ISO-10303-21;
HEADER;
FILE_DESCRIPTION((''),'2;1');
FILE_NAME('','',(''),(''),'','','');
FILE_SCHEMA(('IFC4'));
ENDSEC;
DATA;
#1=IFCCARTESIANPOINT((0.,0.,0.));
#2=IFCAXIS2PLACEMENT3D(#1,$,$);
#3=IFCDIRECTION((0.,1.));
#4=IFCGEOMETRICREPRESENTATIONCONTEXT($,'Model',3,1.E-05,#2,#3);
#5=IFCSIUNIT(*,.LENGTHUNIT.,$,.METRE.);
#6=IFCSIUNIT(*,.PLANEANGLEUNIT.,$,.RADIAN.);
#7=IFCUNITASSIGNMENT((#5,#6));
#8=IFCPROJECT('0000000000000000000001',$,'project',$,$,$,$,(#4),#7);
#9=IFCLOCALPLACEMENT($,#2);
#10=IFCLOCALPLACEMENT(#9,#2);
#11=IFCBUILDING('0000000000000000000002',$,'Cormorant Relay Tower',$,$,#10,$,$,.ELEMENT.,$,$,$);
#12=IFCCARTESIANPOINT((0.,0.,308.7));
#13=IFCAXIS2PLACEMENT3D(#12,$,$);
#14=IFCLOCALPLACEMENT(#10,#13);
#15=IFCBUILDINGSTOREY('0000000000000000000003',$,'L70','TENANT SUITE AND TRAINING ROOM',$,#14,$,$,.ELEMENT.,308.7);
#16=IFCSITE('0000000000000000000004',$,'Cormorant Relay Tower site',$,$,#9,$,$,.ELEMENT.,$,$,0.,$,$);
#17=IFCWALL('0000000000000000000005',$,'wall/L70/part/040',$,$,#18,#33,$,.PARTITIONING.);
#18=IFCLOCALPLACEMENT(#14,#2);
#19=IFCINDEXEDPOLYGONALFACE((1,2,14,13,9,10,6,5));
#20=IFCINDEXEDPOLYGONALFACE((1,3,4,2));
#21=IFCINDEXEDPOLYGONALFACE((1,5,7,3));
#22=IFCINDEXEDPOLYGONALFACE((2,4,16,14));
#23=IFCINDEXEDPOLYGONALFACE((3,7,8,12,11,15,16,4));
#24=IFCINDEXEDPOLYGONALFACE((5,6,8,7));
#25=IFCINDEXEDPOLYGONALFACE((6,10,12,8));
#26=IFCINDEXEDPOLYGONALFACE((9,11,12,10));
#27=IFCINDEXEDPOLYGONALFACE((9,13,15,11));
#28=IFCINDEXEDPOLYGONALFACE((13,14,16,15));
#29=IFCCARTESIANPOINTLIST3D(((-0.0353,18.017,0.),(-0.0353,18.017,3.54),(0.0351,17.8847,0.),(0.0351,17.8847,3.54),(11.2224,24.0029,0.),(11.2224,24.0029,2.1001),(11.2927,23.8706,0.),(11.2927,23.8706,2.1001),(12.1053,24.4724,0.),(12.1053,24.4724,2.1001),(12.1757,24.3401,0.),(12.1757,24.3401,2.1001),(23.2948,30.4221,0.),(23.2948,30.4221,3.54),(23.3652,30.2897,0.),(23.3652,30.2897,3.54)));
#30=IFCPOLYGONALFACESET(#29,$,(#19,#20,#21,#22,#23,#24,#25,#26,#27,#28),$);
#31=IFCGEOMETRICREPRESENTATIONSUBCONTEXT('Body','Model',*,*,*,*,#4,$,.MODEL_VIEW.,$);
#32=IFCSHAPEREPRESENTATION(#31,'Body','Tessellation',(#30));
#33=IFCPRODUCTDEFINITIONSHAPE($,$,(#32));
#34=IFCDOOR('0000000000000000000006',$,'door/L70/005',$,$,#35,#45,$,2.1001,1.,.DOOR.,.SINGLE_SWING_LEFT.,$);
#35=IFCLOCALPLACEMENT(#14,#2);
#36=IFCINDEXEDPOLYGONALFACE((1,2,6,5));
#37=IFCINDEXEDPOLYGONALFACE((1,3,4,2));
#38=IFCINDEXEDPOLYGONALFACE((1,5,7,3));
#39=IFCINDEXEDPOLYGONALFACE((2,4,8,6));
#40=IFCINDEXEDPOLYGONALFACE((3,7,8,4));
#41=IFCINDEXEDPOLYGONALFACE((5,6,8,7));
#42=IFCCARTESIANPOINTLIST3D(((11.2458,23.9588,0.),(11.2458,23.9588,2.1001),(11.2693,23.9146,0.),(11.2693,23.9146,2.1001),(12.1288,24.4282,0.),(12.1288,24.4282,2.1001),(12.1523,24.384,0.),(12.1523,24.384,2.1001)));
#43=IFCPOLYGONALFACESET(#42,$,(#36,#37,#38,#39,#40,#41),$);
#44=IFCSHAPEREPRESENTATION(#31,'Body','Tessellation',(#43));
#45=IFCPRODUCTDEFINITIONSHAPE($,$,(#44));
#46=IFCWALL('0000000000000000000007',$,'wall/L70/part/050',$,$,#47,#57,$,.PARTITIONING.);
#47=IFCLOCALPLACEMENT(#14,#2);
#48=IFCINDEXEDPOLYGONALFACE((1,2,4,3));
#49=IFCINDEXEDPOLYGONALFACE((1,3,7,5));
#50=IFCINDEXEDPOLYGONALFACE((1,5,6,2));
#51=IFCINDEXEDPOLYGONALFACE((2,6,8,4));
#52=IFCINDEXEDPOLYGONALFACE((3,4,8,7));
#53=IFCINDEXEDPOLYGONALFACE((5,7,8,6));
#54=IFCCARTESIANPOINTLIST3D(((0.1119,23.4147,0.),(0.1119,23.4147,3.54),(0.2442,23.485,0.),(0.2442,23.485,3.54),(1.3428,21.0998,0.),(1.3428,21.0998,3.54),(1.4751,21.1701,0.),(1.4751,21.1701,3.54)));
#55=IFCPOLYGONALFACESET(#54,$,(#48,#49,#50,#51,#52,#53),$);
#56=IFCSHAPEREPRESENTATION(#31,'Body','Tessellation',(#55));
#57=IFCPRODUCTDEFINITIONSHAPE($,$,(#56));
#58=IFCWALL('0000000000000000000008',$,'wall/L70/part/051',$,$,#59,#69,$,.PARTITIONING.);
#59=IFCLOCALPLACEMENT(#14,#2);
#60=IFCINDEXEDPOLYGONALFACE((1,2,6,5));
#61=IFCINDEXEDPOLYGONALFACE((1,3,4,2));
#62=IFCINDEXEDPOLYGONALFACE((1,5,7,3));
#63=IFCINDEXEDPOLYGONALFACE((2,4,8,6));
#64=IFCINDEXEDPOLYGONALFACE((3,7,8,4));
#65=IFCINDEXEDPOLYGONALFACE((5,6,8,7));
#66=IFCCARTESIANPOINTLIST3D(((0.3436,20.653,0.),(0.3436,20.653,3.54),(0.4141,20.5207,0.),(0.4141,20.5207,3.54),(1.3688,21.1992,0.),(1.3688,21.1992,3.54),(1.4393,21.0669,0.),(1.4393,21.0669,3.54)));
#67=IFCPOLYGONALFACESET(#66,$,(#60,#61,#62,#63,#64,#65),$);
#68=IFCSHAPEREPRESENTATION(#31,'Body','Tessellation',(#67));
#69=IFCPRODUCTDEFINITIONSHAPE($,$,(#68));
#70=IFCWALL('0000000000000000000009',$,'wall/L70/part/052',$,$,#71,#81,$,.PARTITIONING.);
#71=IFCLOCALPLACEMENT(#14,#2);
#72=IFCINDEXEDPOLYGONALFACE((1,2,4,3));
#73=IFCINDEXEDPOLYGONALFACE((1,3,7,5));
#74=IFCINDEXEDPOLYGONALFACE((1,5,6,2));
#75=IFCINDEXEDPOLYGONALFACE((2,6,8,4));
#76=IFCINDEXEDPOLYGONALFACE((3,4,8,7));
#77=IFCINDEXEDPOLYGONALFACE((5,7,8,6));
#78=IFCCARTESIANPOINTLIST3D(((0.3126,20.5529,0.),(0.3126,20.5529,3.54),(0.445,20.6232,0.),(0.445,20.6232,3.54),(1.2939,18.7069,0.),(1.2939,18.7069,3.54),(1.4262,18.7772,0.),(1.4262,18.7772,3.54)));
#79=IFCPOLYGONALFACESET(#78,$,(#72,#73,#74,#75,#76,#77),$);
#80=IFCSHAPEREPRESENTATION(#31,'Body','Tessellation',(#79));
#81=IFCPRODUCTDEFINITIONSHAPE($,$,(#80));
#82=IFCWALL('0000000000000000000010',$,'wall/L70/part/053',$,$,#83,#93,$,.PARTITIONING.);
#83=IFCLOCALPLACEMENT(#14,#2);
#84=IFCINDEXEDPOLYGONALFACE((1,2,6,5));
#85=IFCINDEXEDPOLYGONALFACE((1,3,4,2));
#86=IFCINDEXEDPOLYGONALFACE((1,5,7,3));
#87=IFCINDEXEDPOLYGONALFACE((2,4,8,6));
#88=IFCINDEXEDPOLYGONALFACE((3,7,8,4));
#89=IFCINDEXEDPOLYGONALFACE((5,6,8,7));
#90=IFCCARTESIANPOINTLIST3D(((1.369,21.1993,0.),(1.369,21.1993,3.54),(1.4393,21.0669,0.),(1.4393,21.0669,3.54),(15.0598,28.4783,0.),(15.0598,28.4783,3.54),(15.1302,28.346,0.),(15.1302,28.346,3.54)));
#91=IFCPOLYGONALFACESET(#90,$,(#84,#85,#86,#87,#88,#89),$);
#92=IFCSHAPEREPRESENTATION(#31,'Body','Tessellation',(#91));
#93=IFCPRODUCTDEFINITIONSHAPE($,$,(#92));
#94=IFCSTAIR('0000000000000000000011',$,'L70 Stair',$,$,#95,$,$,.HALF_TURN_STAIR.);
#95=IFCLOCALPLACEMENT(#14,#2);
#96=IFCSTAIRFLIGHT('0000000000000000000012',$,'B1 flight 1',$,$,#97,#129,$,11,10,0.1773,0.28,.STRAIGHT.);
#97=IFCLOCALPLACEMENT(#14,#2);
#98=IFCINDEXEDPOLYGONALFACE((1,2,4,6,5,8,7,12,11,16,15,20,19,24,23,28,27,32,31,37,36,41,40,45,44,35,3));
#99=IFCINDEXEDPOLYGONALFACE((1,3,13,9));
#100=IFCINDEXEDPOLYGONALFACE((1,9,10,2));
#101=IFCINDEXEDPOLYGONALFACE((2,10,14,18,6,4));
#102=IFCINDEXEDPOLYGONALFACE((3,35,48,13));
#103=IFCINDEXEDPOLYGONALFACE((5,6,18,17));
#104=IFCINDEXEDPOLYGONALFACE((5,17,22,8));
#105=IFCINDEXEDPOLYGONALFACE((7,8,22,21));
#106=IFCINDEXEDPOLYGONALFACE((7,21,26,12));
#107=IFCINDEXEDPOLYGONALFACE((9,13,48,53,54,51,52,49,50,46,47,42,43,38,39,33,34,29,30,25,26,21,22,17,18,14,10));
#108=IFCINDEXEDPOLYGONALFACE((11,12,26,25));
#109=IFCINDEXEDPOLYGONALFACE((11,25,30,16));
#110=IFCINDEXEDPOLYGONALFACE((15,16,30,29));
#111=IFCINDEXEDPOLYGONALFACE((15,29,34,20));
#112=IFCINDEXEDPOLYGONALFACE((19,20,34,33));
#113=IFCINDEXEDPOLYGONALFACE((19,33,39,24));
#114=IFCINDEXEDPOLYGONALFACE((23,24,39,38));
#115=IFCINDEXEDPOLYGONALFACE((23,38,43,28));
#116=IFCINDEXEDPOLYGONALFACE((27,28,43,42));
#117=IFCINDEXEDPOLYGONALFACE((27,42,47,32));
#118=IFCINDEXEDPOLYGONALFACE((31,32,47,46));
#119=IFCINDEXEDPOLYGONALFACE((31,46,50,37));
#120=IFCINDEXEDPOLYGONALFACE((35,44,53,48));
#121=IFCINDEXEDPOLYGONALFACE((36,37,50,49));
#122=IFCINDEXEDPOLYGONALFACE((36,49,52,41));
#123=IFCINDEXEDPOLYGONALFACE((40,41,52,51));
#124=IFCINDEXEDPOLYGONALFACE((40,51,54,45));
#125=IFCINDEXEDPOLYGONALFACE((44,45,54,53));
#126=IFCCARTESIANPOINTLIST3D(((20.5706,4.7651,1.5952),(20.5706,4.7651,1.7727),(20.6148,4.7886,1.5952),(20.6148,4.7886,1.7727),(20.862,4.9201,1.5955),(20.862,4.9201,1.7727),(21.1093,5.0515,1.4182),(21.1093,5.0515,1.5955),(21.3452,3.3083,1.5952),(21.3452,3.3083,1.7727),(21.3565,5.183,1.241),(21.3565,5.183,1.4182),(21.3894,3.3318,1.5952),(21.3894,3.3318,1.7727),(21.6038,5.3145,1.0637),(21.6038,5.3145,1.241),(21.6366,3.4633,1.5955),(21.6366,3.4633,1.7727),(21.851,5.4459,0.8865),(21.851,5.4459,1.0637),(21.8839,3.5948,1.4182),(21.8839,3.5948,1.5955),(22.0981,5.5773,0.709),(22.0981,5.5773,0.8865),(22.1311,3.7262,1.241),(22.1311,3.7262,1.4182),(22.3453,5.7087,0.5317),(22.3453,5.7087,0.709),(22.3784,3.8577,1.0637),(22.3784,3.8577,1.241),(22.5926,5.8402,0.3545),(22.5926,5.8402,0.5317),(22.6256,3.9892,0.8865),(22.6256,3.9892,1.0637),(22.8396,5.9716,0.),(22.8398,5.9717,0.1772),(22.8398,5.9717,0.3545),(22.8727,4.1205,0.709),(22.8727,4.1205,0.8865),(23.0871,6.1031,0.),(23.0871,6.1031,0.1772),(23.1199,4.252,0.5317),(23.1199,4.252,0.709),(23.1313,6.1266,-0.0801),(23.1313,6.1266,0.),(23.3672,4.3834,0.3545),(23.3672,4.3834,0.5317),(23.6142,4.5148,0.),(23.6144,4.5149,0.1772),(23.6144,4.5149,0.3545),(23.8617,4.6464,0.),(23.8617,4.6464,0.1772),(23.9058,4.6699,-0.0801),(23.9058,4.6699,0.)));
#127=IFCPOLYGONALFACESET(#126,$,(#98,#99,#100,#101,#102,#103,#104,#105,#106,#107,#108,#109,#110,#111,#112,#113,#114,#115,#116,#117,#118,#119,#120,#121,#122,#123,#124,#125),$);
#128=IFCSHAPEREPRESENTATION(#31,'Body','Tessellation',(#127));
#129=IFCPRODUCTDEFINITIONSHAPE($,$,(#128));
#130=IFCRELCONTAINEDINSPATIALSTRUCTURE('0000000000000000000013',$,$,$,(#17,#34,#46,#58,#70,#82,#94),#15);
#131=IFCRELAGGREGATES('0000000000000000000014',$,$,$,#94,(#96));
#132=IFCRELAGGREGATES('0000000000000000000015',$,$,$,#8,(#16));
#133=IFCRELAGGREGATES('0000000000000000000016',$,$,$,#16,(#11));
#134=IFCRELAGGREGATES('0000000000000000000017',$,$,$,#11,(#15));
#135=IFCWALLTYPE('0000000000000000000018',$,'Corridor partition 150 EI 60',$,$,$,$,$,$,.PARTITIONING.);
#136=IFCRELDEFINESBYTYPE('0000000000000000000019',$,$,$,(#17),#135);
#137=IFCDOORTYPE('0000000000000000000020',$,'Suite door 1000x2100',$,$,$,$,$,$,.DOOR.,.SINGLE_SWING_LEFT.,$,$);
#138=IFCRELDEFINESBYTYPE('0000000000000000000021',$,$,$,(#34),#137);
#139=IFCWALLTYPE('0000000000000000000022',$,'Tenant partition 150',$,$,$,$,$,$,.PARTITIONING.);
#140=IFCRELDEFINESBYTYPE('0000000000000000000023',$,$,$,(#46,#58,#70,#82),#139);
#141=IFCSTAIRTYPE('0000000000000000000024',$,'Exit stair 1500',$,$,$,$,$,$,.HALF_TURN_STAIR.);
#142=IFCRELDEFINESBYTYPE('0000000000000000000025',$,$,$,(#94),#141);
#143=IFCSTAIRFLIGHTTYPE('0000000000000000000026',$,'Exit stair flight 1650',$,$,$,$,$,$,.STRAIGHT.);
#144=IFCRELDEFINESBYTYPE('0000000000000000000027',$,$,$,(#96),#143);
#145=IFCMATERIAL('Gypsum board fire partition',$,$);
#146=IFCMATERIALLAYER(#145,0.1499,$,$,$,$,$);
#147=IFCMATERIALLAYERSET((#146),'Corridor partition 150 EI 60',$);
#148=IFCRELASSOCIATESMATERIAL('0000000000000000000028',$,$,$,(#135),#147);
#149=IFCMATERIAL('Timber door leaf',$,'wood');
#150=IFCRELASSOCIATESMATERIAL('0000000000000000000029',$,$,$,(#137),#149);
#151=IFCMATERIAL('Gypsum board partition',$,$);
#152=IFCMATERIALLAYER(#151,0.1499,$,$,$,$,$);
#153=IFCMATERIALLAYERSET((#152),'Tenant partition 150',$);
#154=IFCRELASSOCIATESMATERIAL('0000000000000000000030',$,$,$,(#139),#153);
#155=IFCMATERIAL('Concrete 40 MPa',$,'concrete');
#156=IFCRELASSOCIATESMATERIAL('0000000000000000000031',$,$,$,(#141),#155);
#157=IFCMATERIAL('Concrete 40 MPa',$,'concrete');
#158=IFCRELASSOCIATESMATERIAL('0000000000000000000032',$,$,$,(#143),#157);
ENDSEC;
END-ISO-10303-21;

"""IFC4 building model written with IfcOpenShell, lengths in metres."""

from ifc_helpers import new_model, si_unit, direction, frame, frame_2d, origin, place, context, subcontext, project, spatial, polyline, rectangle, outline, extrude, material, layer, layer_set, type_object, element, fill, aggregate, save


model = new_model("IFC4")

# Units and contexts
model_context = context("Model", 3, precision=1e-05, world=origin(), true_north=direction((0.0, 1.0)))
body_context = subcontext(model_context, "Body", "Model", "MODEL_VIEW")
ifc_project = project(units=[si_unit("LENGTHUNIT", "METRE"), si_unit("PLANEANGLEUNIT", "RADIAN")], contexts=[model_context])

# Site, building, storey
site_placement = place(None, origin())
site = spatial("IfcSite", under=ifc_project, at=site_placement, Name="Cormorant Relay Tower site", CompositionType="ELEMENT", RefElevation=0.0)
building_placement = place(site_placement, origin())
building = spatial("IfcBuilding", under=site, at=building_placement, Name="Cormorant Relay Tower", CompositionType="ELEMENT")
storey_placement = place(building_placement, frame((0.0, 0.0, 308.7)))
storey = spatial("IfcBuildingStorey", under=building, at=storey_placement, Name="L70", Description="TENANT SUITE AND TRAINING ROOM", CompositionType="ELEMENT", Elevation=308.7)

# Shared definitions
ifc_material_1 = material(Name="Gypsum board fire partition")
ifc_layer_1 = layer(ifc_material_1, 0.1499)
ifc_layer_set_1 = layer_set([ifc_layer_1], Name="Corridor partition 150 EI 60")
wall_type_1 = type_object("IfcWallType", Name="Corridor partition 150 EI 60", PredefinedType="PARTITIONING", material=ifc_layer_set_1)

# Wall, opening, door
wall_1_placement = place(storey_placement, frame((0.0, 17.9509, 0.0), z_axis=(0.0, 0.0, 1.0), x_axis=(0.882944, 0.469478, 0.0)))
wall_1 = element("IfcWall", 1, at=wall_1_placement, inside=storey, type_object=wall_type_1, Name="wall/L70/part/040", PredefinedType="PARTITIONING", context=body_context, shape_type="SweptSolid", body=[
    extrude(rectangle(XDim=26.4231, YDim=0.1499, at=frame_2d((13.2114, 0.0))), origin(), (0.0, 0.0, 1.0), 3.54),
])
opening_1_placement = place(wall_1_placement, frame((12.75, 0.0, 0.0)))
opening_1 = element("IfcOpeningElement", 2, at=opening_1_placement, cuts=wall_1, PredefinedType="OPENING", context=body_context, shape_type="SweptSolid", body=[
    extrude(rectangle(XDim=1.0, YDim=2.1001, at=frame_2d((0.5, 1.05))), frame((0.0, 0.085, 0.0), z_axis=(0.0, -1.0, 0.0), x_axis=(1.0, 0.0, 0.0)), (0.0, 0.0, 1.0), 0.1699),
])
ifc_material_2 = material(Name="Timber door leaf", Category="wood")
door_type_1 = type_object("IfcDoorType", Name="Suite door 1000x2100", OperationType="SINGLE_SWING_LEFT", PredefinedType="DOOR", material=ifc_material_2)
door_1_placement = place(opening_1_placement, origin())
door_1 = element("IfcDoor", 3, at=door_1_placement, inside=storey, type_object=door_type_1, Name="door/L70/005", OperationType="SINGLE_SWING_LEFT", OverallHeight=2.1001, OverallWidth=1.0, PredefinedType="DOOR", context=body_context, shape_type="SweptSolid", body=[
    extrude(rectangle(XDim=1.0, YDim=2.1001, at=frame_2d((0.5, 1.05))), frame((0.0, 0.0249, 0.0), z_axis=(0.0, -1.0, 0.0), x_axis=(1.0, 0.0, 0.0)), (0.0, 0.0, 1.0), 0.05),
])
fill(opening_1, door_1)

# Walls
ifc_material_3 = material(Name="Gypsum board partition")
ifc_layer_2 = layer(ifc_material_3, 0.1499)
ifc_layer_set_2 = layer_set([ifc_layer_2], Name="Tenant partition 150")
wall_type_2 = type_object("IfcWallType", Name="Tenant partition 150", PredefinedType="PARTITIONING", material=ifc_layer_set_2)
wall_2_placement = place(storey_placement, frame((0.178, 23.45, 0.0), z_axis=(0.0, 0.0, 1.0), x_axis=(0.469496, -0.882935, 0.0)))
element("IfcWall", 4, at=wall_2_placement, inside=storey, type_object=wall_type_2, Name="wall/L70/part/050", PredefinedType="PARTITIONING", context=body_context, shape_type="SweptSolid", body=[
    extrude(rectangle(XDim=2.6218, YDim=0.1499, at=frame_2d((1.311, 0.0))), origin(), (0.0, 0.0, 1.0), 3.54),
])
wall_3_placement = place(storey_placement, frame((1.4041, 21.1331, 0.0), z_axis=(0.0, 0.0, 1.0), x_axis=(-0.882568, -0.470185, 0.0)))
element("IfcWall", 5, at=wall_3_placement, inside=storey, type_object=wall_type_2, Name="wall/L70/part/051", PredefinedType="PARTITIONING", context=body_context, shape_type="SweptSolid", body=[
    extrude(rectangle(XDim=1.1616, YDim=0.1499, at=frame_2d((0.5808, 0.0))), origin(), (0.0, 0.0, 1.0), 3.54),
])
wall_4_placement = place(storey_placement, frame((1.3601, 18.7419, 0.0), z_axis=(0.0, 0.0, 1.0), x_axis=(-0.469357, 0.883008, 0.0)))
element("IfcWall", 6, at=wall_4_placement, inside=storey, type_object=wall_type_2, Name="wall/L70/part/052", PredefinedType="PARTITIONING", context=body_context, shape_type="SweptSolid", body=[
    extrude(rectangle(XDim=2.0906, YDim=0.1499, at=frame_2d((1.0454, 0.0))), origin(), (0.0, 0.0, 1.0), 3.54),
])
wall_5_placement = place(storey_placement, frame((1.4041, 21.1331, 0.0), z_axis=(0.0, 0.0, 1.0), x_axis=(0.882962, 0.469445, 0.0)))
element("IfcWall", 7, at=wall_5_placement, inside=storey, type_object=wall_type_2, Name="wall/L70/part/053", PredefinedType="PARTITIONING", context=body_context, shape_type="SweptSolid", body=[
    extrude(rectangle(XDim=15.5056, YDim=0.1499, at=frame_2d((7.7529, 0.0))), origin(), (0.0, 0.0, 1.0), 3.54),
])

# Stair, stair flight
ifc_material_4 = material(Name="Concrete 40 MPa", Category="concrete")
stair_type = type_object("IfcStairType", Name="Exit stair 1500", PredefinedType="HALF_TURN_STAIR", material=ifc_material_4)
stair_placement = place(storey_placement, origin())
stair = element("IfcStair", 8, at=stair_placement, inside=storey, type_object=stair_type, Name="L70 Stair", PredefinedType="HALF_TURN_STAIR")
ifc_material_5 = material(Name="Concrete 40 MPa", Category="concrete")
stair_flight_type = type_object("IfcStairFlightType", Name="Exit stair flight 1650", PredefinedType="STRAIGHT", material=ifc_material_5)
stair_flight_placement = place(storey_placement, frame((23.4744, 5.3748, 0.0), z_axis=(0.0, 0.0, 1.0), x_axis=(-0.882948, -0.469472, 0.0)))
stair_flight = element("IfcStairFlight", 9, at=stair_flight_placement, type_object=stair_flight_type, Name="B1 flight 1", NumberOfRisers=11, NumberOfTreads=10, PredefinedType="STRAIGHT", RiserHeight=0.1773, TreadLength=0.28, context=body_context, shape_type="SweptSolid", body=[
    extrude(outline(polyline([(-0.05, -0.0801), (-0.05, 0.0), (0.0, 0.0), (0.0, 0.1772), (0.28, 0.1772), (0.28, 0.3545), (0.5601, 0.3545), (0.5601, 0.5317), (0.8401, 0.5317), (0.8401, 0.709), (1.1201, 0.709), (1.1201, 0.8865), (1.3999, 0.8865), (1.3999, 1.0637), (1.6799, 1.0637), (1.6799, 1.241), (1.96, 1.241), (1.96, 1.4182), (2.24, 1.4182), (2.24, 1.5955), (2.52, 1.5955), (2.52, 1.7727), (2.8, 1.7727), (2.8501, 1.7727), (2.8501, 1.5952), (2.8, 1.5952), (0.2803, 0.0), (-0.05, -0.0801)])), frame((0.0, 0.825, 0.0), z_axis=(0.0, -1.0, 0.0), x_axis=(1.0, 0.0, 0.0)), (0.0, 0.0, 1.0), 1.6499),
])
aggregate(stair, [stair_flight])

save(model, "model.ifc")
